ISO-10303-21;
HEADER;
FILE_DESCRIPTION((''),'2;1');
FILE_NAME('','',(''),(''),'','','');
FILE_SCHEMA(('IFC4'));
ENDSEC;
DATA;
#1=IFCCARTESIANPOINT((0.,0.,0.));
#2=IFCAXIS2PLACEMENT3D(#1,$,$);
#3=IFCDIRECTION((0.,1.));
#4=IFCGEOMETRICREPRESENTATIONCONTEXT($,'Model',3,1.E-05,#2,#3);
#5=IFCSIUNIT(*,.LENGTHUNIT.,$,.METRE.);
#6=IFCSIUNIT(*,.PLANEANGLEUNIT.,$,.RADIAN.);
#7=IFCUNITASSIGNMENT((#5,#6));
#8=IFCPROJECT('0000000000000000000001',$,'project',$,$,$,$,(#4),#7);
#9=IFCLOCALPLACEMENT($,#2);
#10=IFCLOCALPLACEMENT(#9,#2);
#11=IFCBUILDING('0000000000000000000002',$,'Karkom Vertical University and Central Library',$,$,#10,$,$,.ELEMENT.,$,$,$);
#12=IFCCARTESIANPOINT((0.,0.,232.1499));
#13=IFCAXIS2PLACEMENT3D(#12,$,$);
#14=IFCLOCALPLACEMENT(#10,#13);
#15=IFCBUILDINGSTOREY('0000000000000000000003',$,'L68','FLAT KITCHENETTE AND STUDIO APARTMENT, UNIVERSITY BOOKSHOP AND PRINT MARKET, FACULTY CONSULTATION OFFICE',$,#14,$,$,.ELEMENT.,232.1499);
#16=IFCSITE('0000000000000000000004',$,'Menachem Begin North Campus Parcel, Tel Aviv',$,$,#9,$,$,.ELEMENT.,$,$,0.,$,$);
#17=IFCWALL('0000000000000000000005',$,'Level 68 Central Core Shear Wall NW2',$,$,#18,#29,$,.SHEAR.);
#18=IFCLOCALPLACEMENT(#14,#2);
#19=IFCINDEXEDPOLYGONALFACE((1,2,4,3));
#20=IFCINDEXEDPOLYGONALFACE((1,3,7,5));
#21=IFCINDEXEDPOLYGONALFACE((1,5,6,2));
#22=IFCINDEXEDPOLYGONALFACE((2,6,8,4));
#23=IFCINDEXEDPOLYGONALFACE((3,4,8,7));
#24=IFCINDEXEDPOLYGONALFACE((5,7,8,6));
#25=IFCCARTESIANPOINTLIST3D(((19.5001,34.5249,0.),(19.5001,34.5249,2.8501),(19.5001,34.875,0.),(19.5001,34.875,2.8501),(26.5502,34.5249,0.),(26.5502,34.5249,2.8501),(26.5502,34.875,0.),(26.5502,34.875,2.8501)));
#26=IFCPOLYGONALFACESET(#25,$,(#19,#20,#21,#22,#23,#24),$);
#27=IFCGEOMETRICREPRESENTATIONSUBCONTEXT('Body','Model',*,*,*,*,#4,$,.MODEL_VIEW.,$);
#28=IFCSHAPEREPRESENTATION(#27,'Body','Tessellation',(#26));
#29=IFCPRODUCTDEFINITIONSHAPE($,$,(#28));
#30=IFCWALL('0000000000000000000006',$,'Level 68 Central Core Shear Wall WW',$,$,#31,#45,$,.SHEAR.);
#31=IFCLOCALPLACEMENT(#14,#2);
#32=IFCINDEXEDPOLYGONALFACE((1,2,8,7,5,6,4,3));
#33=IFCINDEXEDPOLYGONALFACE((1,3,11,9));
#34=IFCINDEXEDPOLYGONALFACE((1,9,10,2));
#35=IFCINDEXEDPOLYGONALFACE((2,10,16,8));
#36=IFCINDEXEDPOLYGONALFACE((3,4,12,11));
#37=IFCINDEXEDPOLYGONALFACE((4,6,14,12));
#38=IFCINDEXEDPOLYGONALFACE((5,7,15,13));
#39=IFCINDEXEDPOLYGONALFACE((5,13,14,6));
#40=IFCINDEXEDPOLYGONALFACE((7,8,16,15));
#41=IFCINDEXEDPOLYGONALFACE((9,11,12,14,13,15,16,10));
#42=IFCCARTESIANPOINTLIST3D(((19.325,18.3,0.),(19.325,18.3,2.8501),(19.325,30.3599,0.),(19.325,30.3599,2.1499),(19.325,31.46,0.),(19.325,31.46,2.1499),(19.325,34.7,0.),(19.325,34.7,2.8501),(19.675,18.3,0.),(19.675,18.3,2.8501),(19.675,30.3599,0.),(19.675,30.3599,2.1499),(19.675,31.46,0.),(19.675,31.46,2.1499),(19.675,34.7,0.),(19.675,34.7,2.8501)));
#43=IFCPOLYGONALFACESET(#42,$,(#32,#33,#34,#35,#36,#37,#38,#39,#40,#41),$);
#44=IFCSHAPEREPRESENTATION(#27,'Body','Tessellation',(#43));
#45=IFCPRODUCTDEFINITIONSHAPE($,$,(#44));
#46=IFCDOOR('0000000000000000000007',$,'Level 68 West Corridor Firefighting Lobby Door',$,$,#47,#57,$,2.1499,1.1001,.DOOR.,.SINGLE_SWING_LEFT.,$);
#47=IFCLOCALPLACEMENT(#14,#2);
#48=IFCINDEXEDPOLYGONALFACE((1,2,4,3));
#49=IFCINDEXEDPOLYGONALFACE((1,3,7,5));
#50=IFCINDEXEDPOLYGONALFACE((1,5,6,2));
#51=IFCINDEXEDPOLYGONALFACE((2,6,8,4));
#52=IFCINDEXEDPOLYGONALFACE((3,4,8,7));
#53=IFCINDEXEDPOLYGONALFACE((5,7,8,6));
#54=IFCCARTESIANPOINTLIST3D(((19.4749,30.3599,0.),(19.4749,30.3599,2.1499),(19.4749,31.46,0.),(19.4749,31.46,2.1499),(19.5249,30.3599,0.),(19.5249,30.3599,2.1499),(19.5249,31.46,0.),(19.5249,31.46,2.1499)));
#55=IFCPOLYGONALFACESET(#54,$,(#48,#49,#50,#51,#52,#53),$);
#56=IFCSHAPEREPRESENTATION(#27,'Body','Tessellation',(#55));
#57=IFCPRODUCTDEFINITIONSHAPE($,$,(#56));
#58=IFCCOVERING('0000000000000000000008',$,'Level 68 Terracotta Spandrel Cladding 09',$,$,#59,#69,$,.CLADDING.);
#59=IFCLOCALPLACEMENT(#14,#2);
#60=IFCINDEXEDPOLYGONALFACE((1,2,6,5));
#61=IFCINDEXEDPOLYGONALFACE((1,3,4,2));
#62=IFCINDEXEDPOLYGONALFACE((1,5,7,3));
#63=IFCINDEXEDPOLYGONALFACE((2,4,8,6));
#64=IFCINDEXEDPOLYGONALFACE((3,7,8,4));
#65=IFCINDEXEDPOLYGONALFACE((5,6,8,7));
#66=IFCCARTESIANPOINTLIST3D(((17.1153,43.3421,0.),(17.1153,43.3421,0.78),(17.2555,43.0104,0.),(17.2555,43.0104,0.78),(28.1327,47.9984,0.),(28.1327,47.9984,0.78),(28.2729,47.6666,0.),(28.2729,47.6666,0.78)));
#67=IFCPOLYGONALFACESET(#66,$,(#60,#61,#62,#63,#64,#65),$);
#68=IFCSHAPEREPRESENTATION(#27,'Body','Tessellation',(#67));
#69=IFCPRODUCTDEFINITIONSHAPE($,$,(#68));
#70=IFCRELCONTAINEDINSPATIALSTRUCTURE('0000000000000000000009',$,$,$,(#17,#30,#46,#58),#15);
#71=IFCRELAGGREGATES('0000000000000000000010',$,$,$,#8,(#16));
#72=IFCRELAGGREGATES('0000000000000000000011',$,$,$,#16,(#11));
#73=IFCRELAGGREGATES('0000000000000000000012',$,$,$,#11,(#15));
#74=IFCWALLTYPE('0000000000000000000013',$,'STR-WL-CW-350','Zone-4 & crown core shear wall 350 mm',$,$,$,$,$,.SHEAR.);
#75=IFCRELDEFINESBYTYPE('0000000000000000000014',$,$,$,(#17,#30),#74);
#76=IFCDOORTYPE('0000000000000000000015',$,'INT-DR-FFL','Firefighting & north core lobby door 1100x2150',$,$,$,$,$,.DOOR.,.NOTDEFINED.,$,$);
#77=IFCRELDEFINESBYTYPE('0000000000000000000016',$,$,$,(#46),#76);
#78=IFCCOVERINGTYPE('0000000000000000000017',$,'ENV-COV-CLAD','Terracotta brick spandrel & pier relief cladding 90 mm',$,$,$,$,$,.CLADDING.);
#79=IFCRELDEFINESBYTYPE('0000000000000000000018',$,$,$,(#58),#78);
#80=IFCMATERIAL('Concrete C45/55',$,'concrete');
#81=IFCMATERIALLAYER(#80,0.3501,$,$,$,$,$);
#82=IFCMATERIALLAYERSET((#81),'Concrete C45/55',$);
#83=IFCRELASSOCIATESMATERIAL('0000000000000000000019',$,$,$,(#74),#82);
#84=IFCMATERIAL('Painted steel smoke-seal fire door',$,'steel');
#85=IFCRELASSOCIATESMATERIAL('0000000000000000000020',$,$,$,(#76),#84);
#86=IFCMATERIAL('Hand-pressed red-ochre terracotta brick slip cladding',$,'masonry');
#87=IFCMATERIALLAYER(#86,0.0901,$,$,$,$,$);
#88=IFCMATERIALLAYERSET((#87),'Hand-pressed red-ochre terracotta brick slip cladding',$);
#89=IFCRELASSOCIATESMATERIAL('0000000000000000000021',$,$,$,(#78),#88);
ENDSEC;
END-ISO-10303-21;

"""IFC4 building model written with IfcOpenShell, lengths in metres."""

from ifc_helpers import new_model, si_unit, direction, frame, frame_2d, origin, origin_with_axes, origin_2d, place, context, subcontext, project, spatial, rectangle, extrude, source, transform, mapped, material, layer, layer_set, type_object, element, fill, save


model = new_model("IFC4")

# Units and contexts
model_context = context("Model", 3, precision=1e-05, world=origin(), true_north=direction((0.0, 1.0)))
body_context = subcontext(model_context, "Body", "Model", "MODEL_VIEW")
ifc_project = project(units=[si_unit("LENGTHUNIT", "METRE"), si_unit("PLANEANGLEUNIT", "RADIAN")], contexts=[model_context])

# Site, building, storey
site_placement = place(None, origin())
site = spatial("IfcSite", under=ifc_project, at=site_placement, Name="Menachem Begin North Campus Parcel, Tel Aviv", CompositionType="ELEMENT", RefElevation=0.0)
building_placement = place(site_placement, origin())
building = spatial("IfcBuilding", under=site, at=building_placement, Name="Karkom Vertical University and Central Library", CompositionType="ELEMENT")
storey_placement = place(building_placement, frame((0.0, 0.0, 232.1499)))
storey = spatial("IfcBuildingStorey", under=building, at=storey_placement, Name="L68", Description="FLAT KITCHENETTE AND STUDIO APARTMENT, UNIVERSITY BOOKSHOP AND PRINT MARKET, FACULTY CONSULTATION OFFICE", CompositionType="ELEMENT", Elevation=232.1499)

# Shared definitions
ifc_material_1 = material(Name="Concrete C45/55", Category="concrete")

# Wall
ifc_layer_1 = layer(ifc_material_1, 0.3501)
ifc_layer_set_1 = layer_set([ifc_layer_1], Name="Concrete C45/55")
wall_type_1 = type_object("IfcWallType", Name="STR-WL-CW-350", Description="Zone-4 & crown core shear wall 350 mm", PredefinedType="SHEAR", material=ifc_layer_set_1)
wall_1_placement = place(storey_placement, frame((26.55, 34.7, 0.0), z_axis=(0.0, 0.0, 1.0), x_axis=(-1.0, 0.0, 0.0)))
element("IfcWall", 1, at=wall_1_placement, inside=storey, type_object=wall_type_1, Name="Level 68 Central Core Shear Wall NW2", PredefinedType="SHEAR", context=body_context, shape_type="SweptSolid", body=[
    extrude(rectangle(XDim=7.05, YDim=0.3501, at=frame_2d((3.5249, 0.0))), origin(), (0.0, 0.0, 1.0), 2.8501),
])

# Wall, opening, door
wall_2_placement = place(storey_placement, frame((19.5, 34.7, 0.0), z_axis=(0.0, 0.0, 1.0), x_axis=(0.0, -1.0, 0.0)))
wall_2 = element("IfcWall", 2, at=wall_2_placement, inside=storey, type_object=wall_type_1, Name="Level 68 Central Core Shear Wall WW", PredefinedType="SHEAR", context=body_context, shape_type="SweptSolid", body=[
    extrude(rectangle(XDim=16.3999, YDim=0.3501, at=frame_2d((8.2, 0.0))), origin(), (0.0, 0.0, 1.0), 2.8501),
])
opening_1_placement = place(wall_2_placement, frame((3.24, 0.0, 0.0)))
opening_1 = element("IfcOpeningElement", 3, at=opening_1_placement, cuts=wall_2, PredefinedType="OPENING", context=body_context, shape_type="SweptSolid", body=[
    extrude(rectangle(XDim=1.1001, YDim=2.1499, at=frame_2d((0.55, 1.075))), frame((0.0, 0.1851, 0.0), z_axis=(0.0, -1.0, 0.0), x_axis=(1.0, 0.0, 0.0)), (0.0, 0.0, 1.0), 0.3701),
])
ifc_material_2 = material(Name="Painted steel smoke-seal fire door", Category="steel")
door_type_1 = type_object("IfcDoorType", Name="INT-DR-FFL", Description="Firefighting & north core lobby door 1100x2150", OperationType="NOTDEFINED", PredefinedType="DOOR", material=ifc_material_2)
shared_shape_1 = source(origin_with_axes(), body_context, "Body", "SweptSolid", [
    extrude(rectangle(XDim=1.1001, YDim=2.1499, at=frame_2d((0.55, 1.075))), frame((0.0, 0.0249, 0.0), z_axis=(0.0, -1.0, 0.0), x_axis=(1.0, 0.0, 0.0)), (0.0, 0.0, 1.0), 0.05),
])
door_1_placement = place(opening_1_placement, origin())
door_1 = element("IfcDoor", 4, at=door_1_placement, inside=storey, type_object=door_type_1, Name="Level 68 West Corridor Firefighting Lobby Door", OperationType="SINGLE_SWING_LEFT", OverallHeight=2.1499, OverallWidth=1.1001, PredefinedType="DOOR", context=body_context, shape_type="MappedRepresentation", body=[
    mapped(shared_shape_1, transform((0.0, 0.0, 0.0), scale=1.0)),
])
fill(opening_1, door_1)

# Covering
ifc_material_3 = material(Name="Hand-pressed red-ochre terracotta brick slip cladding", Category="masonry")
ifc_layer_2 = layer(ifc_material_3, 0.0901)
ifc_layer_set_2 = layer_set([ifc_layer_2], Name="Hand-pressed red-ochre terracotta brick slip cladding")
covering_type = type_object("IfcCoveringType", Name="ENV-COV-CLAD", Description="Terracotta brick spandrel & pier relief cladding 90 mm", PredefinedType="CLADDING", material=ifc_layer_set_2)
shared_shape_2 = source(origin_with_axes(), body_context, "Body", "SweptSolid", [
    extrude(rectangle(XDim=11.9609, YDim=0.3601, at=origin_2d()), origin(), (0.0, 0.0, 1.0), 0.78),
])
covering_placement = place(storey_placement, frame((22.6941, 45.5044, 0.0), z_axis=(0.0, 0.0, 1.0), x_axis=(-0.921117, -0.389285, 0.0)))
element("IfcCovering", 5, at=covering_placement, inside=storey, type_object=covering_type, Name="Level 68 Terracotta Spandrel Cladding 09", PredefinedType="CLADDING", context=body_context, shape_type="MappedRepresentation", body=[
    mapped(shared_shape_2, transform((0.0, 0.0, 0.0), scale=1.0)),
])

save(model, "model.ifc")
